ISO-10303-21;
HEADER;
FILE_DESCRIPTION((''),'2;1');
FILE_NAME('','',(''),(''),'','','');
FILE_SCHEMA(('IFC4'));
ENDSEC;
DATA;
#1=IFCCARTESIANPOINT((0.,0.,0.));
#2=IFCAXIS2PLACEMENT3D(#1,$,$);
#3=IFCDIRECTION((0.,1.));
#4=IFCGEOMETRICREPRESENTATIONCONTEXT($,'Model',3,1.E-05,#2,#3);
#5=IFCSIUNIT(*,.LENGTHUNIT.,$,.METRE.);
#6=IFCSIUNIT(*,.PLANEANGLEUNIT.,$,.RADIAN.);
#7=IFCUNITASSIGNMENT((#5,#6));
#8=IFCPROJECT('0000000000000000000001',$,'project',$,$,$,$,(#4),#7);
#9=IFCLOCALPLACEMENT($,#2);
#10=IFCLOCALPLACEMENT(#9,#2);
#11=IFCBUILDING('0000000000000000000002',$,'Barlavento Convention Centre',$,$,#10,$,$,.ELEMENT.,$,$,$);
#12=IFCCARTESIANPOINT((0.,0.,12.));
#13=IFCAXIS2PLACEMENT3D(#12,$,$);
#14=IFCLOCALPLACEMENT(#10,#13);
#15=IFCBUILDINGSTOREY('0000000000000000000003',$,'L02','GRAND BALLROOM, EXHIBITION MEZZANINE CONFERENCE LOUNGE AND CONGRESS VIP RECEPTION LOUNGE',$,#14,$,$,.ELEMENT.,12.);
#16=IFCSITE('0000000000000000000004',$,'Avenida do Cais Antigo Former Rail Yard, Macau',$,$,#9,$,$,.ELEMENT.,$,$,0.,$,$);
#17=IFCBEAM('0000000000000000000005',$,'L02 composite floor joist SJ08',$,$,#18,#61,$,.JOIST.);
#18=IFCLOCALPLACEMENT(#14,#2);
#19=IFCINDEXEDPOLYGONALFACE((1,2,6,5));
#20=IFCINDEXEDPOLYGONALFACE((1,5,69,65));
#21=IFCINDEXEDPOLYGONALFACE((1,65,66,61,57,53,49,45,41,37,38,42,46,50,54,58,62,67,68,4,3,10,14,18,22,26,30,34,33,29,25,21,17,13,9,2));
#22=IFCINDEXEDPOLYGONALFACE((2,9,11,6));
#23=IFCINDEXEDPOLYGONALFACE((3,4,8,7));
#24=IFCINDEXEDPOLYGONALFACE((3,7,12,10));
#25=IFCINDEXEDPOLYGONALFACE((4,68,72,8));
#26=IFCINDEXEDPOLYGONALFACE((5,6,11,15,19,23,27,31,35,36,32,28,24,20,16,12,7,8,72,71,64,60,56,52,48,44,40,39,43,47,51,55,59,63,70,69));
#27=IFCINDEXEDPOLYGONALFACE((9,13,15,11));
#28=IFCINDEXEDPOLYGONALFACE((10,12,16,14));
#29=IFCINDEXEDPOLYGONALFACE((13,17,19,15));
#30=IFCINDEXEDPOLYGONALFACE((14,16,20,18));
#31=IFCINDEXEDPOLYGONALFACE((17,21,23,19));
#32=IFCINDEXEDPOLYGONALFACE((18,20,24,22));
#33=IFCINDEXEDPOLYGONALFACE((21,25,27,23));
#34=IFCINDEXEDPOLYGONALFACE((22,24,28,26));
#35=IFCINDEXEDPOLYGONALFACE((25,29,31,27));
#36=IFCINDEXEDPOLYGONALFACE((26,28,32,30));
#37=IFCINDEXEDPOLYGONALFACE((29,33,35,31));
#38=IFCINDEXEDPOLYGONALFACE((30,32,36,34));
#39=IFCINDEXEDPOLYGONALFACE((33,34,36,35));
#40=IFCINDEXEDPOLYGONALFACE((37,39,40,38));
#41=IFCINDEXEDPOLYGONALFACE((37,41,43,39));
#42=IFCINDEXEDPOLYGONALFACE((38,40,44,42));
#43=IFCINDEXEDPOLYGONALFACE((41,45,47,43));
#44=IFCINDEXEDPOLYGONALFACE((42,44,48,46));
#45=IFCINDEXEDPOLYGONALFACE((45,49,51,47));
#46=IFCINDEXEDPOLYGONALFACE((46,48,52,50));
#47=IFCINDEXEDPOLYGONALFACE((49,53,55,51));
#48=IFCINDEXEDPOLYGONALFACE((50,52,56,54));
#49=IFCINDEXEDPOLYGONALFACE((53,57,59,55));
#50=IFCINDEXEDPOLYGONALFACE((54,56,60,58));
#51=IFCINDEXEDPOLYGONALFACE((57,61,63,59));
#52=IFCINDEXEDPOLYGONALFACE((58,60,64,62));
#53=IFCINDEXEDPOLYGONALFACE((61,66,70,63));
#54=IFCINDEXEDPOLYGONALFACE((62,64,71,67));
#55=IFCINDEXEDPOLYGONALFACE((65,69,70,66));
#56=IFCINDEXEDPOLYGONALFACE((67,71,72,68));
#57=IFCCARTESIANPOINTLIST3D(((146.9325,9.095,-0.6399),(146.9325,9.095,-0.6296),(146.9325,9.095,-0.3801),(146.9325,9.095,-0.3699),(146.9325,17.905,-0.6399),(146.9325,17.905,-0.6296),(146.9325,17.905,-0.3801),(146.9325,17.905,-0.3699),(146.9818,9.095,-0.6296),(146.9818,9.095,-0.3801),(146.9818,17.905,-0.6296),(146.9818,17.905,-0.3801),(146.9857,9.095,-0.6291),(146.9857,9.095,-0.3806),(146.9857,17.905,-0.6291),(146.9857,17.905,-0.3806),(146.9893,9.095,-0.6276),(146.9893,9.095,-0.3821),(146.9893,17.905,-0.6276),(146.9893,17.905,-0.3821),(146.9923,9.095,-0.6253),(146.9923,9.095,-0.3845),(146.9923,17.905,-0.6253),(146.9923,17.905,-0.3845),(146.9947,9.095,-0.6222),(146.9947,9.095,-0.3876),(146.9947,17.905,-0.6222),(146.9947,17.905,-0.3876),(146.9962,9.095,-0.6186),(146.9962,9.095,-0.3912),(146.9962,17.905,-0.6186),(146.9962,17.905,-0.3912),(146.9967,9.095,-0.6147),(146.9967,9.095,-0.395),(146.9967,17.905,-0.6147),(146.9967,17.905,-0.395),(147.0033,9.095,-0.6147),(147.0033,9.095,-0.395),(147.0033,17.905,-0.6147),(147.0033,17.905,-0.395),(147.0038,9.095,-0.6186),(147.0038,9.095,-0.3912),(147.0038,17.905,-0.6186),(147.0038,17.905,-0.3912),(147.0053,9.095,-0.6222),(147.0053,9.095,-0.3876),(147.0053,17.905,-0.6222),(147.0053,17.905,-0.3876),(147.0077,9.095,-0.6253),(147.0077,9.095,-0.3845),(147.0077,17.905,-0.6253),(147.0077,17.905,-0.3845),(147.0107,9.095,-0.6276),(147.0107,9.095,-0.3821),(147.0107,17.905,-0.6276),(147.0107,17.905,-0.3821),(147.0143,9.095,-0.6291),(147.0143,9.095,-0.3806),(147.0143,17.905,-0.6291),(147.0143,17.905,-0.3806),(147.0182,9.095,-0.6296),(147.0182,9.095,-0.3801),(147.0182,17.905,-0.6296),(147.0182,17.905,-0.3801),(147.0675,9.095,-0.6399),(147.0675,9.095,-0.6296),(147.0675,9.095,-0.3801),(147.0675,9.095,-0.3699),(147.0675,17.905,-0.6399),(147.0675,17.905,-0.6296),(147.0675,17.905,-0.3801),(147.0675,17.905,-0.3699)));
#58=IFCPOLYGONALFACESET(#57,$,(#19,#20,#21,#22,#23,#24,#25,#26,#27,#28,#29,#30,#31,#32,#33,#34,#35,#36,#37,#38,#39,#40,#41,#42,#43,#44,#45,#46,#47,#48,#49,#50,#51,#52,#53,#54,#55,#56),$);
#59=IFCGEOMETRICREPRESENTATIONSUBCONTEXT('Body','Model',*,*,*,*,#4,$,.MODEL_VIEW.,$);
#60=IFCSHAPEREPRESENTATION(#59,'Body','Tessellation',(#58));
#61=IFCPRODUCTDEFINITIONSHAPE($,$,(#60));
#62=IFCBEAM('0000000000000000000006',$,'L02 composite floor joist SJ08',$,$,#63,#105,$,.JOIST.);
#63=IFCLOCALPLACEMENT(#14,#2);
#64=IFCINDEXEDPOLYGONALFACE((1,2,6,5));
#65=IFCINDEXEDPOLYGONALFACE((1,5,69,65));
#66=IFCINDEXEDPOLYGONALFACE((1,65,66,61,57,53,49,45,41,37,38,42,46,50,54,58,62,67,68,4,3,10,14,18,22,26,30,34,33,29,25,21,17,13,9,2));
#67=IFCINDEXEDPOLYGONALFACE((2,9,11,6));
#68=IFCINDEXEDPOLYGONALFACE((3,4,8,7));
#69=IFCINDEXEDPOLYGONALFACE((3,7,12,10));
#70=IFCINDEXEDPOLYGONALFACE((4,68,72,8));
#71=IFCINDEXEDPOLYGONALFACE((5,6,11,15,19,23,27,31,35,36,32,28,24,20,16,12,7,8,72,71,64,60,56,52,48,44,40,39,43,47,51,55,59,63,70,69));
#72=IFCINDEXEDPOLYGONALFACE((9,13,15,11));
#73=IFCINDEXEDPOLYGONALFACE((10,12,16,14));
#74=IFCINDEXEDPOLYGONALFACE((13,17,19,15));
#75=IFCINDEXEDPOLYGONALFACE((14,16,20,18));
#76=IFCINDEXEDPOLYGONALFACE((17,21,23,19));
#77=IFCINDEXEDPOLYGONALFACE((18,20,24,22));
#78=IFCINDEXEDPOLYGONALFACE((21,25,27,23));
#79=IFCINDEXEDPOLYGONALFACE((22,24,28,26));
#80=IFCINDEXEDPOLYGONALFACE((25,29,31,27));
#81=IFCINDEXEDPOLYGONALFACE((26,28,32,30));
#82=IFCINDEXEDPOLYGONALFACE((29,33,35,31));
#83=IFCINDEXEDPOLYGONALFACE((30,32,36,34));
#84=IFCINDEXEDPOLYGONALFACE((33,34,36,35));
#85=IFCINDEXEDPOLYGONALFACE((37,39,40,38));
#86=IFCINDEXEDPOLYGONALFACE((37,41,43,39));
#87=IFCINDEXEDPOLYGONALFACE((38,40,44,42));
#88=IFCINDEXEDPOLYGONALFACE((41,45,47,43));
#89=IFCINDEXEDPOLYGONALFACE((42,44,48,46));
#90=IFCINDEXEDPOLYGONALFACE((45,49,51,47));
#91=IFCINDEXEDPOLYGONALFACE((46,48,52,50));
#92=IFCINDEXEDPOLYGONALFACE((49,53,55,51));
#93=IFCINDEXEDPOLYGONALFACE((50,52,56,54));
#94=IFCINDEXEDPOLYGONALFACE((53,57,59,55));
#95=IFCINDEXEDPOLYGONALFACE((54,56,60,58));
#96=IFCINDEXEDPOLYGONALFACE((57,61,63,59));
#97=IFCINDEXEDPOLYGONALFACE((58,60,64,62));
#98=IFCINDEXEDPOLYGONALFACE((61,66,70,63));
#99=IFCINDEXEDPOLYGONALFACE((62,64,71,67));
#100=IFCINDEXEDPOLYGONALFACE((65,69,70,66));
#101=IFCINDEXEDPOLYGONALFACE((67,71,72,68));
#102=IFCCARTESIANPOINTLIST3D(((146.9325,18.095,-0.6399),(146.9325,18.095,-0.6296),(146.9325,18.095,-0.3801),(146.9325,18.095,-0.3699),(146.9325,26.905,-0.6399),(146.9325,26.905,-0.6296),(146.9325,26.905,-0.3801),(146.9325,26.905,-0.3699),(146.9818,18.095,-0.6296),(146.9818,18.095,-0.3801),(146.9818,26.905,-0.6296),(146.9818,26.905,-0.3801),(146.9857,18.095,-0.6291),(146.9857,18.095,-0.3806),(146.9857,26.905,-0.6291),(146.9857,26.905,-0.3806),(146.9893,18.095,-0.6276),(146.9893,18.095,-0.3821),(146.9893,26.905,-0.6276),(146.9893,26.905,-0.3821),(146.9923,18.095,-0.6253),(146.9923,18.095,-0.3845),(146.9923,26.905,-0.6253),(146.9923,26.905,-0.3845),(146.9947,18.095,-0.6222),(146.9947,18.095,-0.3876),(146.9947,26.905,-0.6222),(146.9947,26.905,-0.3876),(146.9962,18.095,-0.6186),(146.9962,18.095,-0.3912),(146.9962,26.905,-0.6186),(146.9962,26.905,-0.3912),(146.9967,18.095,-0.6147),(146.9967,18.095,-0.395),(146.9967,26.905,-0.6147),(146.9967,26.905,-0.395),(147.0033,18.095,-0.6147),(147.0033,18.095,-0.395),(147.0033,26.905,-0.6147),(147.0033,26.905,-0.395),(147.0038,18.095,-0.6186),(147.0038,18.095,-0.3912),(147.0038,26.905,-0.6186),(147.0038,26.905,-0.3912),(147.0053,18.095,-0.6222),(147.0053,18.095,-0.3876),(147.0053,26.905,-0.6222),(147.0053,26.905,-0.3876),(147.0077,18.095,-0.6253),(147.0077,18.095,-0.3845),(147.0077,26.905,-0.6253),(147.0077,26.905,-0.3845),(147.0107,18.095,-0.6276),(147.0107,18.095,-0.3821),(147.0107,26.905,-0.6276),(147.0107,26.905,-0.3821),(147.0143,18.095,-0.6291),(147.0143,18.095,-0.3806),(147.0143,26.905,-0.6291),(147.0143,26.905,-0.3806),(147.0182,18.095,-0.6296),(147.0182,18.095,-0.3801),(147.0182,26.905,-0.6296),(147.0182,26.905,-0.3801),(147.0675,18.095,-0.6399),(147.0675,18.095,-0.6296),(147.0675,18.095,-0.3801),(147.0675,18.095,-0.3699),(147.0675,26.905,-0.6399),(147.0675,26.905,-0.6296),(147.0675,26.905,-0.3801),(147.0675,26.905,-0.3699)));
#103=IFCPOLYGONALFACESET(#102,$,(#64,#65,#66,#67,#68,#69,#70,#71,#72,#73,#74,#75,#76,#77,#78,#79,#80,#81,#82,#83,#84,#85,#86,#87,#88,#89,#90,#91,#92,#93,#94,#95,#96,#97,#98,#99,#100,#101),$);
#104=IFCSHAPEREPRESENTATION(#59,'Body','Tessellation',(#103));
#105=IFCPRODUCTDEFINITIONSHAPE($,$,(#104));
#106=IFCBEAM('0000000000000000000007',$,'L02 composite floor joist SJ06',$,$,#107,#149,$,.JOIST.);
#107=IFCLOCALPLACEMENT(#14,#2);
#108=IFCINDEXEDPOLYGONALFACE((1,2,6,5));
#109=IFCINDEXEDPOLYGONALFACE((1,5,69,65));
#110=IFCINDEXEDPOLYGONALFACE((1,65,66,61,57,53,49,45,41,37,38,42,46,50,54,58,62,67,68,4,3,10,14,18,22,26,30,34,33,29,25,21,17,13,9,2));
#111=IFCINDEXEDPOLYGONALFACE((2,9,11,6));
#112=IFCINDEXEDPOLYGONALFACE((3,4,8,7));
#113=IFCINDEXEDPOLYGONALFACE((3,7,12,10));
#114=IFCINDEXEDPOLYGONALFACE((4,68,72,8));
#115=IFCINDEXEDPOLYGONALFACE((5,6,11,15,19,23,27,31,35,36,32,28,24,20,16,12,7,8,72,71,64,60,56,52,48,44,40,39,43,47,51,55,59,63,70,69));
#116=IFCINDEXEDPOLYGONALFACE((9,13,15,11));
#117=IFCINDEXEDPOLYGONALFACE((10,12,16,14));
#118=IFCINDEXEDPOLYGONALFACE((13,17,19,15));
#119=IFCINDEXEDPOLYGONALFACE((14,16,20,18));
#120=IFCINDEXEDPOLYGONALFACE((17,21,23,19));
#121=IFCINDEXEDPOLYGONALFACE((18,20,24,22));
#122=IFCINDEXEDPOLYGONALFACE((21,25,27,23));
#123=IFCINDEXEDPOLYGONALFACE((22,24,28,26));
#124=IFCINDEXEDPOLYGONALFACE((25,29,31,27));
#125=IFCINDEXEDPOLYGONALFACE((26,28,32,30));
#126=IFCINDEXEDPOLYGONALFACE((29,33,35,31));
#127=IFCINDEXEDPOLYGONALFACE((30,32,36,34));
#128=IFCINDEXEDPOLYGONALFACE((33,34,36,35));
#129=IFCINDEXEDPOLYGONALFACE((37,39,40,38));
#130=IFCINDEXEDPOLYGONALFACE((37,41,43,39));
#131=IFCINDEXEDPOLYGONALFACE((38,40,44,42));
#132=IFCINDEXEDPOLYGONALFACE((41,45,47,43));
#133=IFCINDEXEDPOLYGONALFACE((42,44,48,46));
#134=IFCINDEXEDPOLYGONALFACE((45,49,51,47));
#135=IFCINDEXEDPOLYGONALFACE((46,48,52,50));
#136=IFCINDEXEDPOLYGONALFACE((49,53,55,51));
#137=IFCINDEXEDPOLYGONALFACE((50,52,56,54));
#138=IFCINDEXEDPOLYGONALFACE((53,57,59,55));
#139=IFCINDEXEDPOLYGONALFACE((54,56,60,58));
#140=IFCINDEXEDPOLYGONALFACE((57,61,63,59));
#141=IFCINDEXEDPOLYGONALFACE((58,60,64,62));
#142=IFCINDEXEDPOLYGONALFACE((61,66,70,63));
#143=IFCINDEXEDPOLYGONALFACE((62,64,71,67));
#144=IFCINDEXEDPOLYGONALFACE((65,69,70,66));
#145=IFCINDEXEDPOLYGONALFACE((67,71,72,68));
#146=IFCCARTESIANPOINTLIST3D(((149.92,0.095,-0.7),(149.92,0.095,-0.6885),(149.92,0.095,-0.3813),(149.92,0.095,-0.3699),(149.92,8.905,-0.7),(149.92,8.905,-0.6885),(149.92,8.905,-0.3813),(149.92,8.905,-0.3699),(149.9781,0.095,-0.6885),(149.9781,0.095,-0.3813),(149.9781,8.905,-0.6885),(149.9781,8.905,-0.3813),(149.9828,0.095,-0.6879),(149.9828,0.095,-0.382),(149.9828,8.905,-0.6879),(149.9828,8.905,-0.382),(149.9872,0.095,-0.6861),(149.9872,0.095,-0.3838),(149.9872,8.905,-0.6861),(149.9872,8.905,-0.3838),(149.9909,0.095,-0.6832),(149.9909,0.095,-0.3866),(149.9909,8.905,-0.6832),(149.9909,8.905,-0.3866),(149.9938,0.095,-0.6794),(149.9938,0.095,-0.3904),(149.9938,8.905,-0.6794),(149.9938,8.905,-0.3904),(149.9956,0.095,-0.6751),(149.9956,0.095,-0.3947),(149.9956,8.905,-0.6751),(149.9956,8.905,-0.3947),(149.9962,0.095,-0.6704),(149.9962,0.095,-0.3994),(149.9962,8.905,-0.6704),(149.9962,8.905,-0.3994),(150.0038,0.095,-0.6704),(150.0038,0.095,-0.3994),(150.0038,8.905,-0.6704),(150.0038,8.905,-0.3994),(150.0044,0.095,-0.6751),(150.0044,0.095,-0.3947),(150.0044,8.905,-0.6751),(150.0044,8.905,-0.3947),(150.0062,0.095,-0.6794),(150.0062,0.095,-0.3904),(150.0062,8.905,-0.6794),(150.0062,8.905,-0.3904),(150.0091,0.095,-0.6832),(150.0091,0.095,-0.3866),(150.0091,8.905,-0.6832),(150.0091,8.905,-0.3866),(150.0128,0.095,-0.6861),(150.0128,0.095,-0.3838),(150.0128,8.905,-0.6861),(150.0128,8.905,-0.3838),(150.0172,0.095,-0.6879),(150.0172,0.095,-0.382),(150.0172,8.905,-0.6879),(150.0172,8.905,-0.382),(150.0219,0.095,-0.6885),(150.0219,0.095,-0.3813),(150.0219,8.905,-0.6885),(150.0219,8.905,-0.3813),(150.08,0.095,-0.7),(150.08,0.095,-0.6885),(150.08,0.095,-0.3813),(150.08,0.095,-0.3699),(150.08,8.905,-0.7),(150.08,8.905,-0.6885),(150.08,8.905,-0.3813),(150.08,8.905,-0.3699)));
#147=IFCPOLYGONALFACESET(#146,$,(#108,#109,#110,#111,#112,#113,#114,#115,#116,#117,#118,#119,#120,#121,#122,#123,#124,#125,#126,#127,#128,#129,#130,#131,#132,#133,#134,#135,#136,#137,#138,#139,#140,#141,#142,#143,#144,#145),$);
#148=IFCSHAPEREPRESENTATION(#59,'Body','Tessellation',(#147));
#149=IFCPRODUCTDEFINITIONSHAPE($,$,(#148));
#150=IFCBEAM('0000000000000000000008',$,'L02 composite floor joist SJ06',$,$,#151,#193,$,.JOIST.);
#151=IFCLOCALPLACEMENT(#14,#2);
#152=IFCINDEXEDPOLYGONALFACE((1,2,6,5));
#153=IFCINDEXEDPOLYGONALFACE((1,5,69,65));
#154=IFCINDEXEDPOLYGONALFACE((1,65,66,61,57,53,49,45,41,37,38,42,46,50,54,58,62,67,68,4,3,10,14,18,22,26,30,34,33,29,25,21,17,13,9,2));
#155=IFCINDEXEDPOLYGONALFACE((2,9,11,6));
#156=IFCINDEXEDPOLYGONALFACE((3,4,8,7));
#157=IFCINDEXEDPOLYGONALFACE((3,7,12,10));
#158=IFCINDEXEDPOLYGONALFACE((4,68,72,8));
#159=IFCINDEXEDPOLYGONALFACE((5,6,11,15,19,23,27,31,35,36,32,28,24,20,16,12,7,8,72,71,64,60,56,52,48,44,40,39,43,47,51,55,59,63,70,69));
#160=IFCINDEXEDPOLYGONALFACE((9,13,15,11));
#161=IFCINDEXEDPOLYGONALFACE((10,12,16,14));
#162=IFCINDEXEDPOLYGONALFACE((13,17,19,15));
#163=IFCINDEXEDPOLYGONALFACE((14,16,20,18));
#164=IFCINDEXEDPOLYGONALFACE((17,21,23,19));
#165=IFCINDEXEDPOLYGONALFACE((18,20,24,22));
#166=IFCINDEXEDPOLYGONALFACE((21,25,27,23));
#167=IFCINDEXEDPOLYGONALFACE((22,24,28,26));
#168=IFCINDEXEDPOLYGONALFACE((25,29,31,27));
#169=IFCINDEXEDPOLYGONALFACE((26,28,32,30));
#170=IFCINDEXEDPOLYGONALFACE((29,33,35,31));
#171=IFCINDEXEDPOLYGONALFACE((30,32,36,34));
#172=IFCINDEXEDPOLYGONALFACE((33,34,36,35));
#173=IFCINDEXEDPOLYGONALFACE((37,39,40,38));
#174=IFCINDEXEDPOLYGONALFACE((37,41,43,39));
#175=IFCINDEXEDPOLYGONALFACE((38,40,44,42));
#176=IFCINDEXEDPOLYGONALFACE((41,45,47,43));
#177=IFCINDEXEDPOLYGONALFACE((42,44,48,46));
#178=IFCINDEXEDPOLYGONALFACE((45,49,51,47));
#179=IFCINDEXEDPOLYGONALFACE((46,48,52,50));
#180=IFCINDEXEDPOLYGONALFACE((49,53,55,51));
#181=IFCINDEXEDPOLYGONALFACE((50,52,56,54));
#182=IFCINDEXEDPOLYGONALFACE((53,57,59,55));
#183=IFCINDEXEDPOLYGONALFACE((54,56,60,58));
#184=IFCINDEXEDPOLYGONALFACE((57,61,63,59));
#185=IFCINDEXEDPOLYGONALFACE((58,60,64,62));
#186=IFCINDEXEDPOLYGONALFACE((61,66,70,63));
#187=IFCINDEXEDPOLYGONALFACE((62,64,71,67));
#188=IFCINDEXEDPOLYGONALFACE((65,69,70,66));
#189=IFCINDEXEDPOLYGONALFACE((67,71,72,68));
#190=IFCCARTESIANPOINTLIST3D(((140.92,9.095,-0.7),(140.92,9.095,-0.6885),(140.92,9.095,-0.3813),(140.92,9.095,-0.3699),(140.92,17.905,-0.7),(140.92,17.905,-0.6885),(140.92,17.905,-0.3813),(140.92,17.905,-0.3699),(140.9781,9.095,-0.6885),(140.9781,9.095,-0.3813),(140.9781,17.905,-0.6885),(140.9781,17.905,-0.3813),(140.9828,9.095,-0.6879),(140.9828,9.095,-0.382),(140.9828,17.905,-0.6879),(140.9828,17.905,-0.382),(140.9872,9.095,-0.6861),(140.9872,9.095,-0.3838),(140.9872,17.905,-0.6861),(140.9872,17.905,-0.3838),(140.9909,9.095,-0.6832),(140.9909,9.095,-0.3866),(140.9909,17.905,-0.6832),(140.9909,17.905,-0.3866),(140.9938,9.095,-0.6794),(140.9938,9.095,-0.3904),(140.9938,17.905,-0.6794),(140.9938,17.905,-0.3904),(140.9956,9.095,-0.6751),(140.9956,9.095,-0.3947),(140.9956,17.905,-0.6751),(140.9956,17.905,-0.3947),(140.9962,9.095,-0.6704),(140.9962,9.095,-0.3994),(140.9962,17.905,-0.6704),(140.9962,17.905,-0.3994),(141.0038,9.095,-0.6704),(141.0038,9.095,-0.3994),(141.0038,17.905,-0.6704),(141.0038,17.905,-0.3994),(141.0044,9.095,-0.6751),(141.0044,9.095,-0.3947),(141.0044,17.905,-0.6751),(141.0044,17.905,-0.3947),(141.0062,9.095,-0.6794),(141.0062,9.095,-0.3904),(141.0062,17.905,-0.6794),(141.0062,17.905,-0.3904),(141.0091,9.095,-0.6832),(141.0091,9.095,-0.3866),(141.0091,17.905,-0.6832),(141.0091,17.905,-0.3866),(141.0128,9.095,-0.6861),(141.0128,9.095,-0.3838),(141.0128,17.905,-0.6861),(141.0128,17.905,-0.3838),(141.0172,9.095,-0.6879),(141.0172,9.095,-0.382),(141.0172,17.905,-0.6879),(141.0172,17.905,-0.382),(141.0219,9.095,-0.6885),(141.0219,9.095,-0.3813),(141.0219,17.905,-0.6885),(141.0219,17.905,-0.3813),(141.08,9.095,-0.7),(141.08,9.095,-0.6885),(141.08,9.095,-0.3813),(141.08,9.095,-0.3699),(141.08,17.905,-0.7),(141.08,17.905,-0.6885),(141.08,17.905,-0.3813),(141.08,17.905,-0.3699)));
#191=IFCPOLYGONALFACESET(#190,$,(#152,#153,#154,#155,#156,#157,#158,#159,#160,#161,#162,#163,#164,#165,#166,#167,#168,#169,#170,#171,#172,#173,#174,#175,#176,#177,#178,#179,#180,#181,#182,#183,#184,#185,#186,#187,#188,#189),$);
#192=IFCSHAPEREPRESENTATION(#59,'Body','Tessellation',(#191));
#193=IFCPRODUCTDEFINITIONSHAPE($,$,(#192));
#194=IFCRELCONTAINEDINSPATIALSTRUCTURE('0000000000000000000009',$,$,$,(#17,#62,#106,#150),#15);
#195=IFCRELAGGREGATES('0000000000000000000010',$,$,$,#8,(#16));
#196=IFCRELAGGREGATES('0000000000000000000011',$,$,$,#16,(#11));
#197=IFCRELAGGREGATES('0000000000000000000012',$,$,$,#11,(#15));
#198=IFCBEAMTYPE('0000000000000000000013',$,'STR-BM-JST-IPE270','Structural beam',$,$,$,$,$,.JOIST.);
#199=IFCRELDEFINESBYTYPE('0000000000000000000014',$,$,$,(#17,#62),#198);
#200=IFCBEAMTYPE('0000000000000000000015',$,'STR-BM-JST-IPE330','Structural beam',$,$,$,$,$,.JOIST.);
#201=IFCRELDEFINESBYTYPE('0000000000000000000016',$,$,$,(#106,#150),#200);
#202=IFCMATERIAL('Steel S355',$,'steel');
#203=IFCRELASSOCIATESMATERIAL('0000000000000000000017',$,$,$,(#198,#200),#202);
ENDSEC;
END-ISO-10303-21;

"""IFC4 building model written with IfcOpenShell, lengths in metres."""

from ifc_helpers import new_model, si_unit, direction, frame, origin, origin_2d, place, context, subcontext, project, spatial, i_section, extrude, material, material_profile, profile_set, type_object, element, save


model = new_model("IFC4")

# Units and contexts
model_context = context("Model", 3, precision=1e-05, world=origin(), true_north=direction((0.0, 1.0)))
body_context = subcontext(model_context, "Body", "Model", "MODEL_VIEW")
ifc_project = project(units=[si_unit("LENGTHUNIT", "METRE"), si_unit("PLANEANGLEUNIT", "RADIAN")], contexts=[model_context])

# Site, building, storey
site_placement = place(None, origin())
site = spatial("IfcSite", under=ifc_project, at=site_placement, Name="Avenida do Cais Antigo Former Rail Yard, Macau", CompositionType="ELEMENT", RefElevation=0.0)
building_placement = place(site_placement, origin())
building = spatial("IfcBuilding", under=site, at=building_placement, Name="Barlavento Convention Centre", CompositionType="ELEMENT")
storey_placement = place(building_placement, frame((0.0, 0.0, 12.0)))
storey = spatial("IfcBuildingStorey", under=building, at=storey_placement, Name="L02", Description="GRAND BALLROOM, EXHIBITION MEZZANINE CONFERENCE LOUNGE AND CONGRESS VIP RECEPTION LOUNGE", CompositionType="ELEMENT", Elevation=12.0)

# Beams
ifc_material_1 = material(Name="Steel S355", Category="steel")
ifc_material_profile_1 = material_profile(ifc_material_1, i_section(OverallWidth=0.135, OverallDepth=0.27, WebThickness=0.0066, FlangeThickness=0.0103, FilletRadius=0.0149, at=origin_2d()), Name="IPE 270")
ifc_profile_set_1 = profile_set([ifc_material_profile_1], Name="Steel S355")
beam_type_1 = type_object("IfcBeamType", Name="STR-BM-JST-IPE270", Description="Structural beam", PredefinedType="JOIST", material=ifc_profile_set_1)
for number, where, z_axis, x_axis, name in (
    (1, (147.0, 9.095, -0.5049), (0.0, 1.0, 0.0), (-1.0, 0.0, 0.0), "L02 composite floor joist SJ08"),
    (2, (147.0, 18.095, -0.5049), (0.0, 1.0, 0.0), (-1.0, 0.0, 0.0), "L02 composite floor joist SJ08"),
):
    element("IfcBeam", number, at=place(storey_placement, frame(where, z_axis=z_axis, x_axis=x_axis)), inside=storey, type_object=beam_type_1, Name=name, PredefinedType="JOIST", context=body_context, shape_type="SweptSolid", body=[
        extrude(i_section(OverallWidth=0.135, OverallDepth=0.27, WebThickness=0.0066, FlangeThickness=0.0103, FilletRadius=0.0149, at=origin_2d()), origin(), (0.0, 0.0, 1.0), 8.8101),
    ])
ifc_material_profile_2 = material_profile(ifc_material_1, i_section(OverallWidth=0.1599, OverallDepth=0.3301, WebThickness=0.0076, FlangeThickness=0.0115, FilletRadius=0.0181, at=origin_2d()), Name="IPE 330")
ifc_profile_set_2 = profile_set([ifc_material_profile_2], Name="Steel S355")
beam_type_2 = type_object("IfcBeamType", Name="STR-BM-JST-IPE330", Description="Structural beam", PredefinedType="JOIST", material=ifc_profile_set_2)
for number, where, z_axis, x_axis, name in (
    (3, (150.0, 0.095, -0.5349), (0.0, 1.0, 0.0), (-1.0, 0.0, 0.0), "L02 composite floor joist SJ06"),
    (4, (141.0, 9.095, -0.5349), (0.0, 1.0, 0.0), (-1.0, 0.0, 0.0), "L02 composite floor joist SJ06"),
):
    element("IfcBeam", number, at=place(storey_placement, frame(where, z_axis=z_axis, x_axis=x_axis)), inside=storey, type_object=beam_type_2, Name=name, PredefinedType="JOIST", context=body_context, shape_type="SweptSolid", body=[
        extrude(i_section(OverallWidth=0.1599, OverallDepth=0.3301, WebThickness=0.0076, FlangeThickness=0.0115, FilletRadius=0.0181, at=origin_2d()), origin(), (0.0, 0.0, 1.0), 8.8101),
    ])

save(model, "model.ifc")
